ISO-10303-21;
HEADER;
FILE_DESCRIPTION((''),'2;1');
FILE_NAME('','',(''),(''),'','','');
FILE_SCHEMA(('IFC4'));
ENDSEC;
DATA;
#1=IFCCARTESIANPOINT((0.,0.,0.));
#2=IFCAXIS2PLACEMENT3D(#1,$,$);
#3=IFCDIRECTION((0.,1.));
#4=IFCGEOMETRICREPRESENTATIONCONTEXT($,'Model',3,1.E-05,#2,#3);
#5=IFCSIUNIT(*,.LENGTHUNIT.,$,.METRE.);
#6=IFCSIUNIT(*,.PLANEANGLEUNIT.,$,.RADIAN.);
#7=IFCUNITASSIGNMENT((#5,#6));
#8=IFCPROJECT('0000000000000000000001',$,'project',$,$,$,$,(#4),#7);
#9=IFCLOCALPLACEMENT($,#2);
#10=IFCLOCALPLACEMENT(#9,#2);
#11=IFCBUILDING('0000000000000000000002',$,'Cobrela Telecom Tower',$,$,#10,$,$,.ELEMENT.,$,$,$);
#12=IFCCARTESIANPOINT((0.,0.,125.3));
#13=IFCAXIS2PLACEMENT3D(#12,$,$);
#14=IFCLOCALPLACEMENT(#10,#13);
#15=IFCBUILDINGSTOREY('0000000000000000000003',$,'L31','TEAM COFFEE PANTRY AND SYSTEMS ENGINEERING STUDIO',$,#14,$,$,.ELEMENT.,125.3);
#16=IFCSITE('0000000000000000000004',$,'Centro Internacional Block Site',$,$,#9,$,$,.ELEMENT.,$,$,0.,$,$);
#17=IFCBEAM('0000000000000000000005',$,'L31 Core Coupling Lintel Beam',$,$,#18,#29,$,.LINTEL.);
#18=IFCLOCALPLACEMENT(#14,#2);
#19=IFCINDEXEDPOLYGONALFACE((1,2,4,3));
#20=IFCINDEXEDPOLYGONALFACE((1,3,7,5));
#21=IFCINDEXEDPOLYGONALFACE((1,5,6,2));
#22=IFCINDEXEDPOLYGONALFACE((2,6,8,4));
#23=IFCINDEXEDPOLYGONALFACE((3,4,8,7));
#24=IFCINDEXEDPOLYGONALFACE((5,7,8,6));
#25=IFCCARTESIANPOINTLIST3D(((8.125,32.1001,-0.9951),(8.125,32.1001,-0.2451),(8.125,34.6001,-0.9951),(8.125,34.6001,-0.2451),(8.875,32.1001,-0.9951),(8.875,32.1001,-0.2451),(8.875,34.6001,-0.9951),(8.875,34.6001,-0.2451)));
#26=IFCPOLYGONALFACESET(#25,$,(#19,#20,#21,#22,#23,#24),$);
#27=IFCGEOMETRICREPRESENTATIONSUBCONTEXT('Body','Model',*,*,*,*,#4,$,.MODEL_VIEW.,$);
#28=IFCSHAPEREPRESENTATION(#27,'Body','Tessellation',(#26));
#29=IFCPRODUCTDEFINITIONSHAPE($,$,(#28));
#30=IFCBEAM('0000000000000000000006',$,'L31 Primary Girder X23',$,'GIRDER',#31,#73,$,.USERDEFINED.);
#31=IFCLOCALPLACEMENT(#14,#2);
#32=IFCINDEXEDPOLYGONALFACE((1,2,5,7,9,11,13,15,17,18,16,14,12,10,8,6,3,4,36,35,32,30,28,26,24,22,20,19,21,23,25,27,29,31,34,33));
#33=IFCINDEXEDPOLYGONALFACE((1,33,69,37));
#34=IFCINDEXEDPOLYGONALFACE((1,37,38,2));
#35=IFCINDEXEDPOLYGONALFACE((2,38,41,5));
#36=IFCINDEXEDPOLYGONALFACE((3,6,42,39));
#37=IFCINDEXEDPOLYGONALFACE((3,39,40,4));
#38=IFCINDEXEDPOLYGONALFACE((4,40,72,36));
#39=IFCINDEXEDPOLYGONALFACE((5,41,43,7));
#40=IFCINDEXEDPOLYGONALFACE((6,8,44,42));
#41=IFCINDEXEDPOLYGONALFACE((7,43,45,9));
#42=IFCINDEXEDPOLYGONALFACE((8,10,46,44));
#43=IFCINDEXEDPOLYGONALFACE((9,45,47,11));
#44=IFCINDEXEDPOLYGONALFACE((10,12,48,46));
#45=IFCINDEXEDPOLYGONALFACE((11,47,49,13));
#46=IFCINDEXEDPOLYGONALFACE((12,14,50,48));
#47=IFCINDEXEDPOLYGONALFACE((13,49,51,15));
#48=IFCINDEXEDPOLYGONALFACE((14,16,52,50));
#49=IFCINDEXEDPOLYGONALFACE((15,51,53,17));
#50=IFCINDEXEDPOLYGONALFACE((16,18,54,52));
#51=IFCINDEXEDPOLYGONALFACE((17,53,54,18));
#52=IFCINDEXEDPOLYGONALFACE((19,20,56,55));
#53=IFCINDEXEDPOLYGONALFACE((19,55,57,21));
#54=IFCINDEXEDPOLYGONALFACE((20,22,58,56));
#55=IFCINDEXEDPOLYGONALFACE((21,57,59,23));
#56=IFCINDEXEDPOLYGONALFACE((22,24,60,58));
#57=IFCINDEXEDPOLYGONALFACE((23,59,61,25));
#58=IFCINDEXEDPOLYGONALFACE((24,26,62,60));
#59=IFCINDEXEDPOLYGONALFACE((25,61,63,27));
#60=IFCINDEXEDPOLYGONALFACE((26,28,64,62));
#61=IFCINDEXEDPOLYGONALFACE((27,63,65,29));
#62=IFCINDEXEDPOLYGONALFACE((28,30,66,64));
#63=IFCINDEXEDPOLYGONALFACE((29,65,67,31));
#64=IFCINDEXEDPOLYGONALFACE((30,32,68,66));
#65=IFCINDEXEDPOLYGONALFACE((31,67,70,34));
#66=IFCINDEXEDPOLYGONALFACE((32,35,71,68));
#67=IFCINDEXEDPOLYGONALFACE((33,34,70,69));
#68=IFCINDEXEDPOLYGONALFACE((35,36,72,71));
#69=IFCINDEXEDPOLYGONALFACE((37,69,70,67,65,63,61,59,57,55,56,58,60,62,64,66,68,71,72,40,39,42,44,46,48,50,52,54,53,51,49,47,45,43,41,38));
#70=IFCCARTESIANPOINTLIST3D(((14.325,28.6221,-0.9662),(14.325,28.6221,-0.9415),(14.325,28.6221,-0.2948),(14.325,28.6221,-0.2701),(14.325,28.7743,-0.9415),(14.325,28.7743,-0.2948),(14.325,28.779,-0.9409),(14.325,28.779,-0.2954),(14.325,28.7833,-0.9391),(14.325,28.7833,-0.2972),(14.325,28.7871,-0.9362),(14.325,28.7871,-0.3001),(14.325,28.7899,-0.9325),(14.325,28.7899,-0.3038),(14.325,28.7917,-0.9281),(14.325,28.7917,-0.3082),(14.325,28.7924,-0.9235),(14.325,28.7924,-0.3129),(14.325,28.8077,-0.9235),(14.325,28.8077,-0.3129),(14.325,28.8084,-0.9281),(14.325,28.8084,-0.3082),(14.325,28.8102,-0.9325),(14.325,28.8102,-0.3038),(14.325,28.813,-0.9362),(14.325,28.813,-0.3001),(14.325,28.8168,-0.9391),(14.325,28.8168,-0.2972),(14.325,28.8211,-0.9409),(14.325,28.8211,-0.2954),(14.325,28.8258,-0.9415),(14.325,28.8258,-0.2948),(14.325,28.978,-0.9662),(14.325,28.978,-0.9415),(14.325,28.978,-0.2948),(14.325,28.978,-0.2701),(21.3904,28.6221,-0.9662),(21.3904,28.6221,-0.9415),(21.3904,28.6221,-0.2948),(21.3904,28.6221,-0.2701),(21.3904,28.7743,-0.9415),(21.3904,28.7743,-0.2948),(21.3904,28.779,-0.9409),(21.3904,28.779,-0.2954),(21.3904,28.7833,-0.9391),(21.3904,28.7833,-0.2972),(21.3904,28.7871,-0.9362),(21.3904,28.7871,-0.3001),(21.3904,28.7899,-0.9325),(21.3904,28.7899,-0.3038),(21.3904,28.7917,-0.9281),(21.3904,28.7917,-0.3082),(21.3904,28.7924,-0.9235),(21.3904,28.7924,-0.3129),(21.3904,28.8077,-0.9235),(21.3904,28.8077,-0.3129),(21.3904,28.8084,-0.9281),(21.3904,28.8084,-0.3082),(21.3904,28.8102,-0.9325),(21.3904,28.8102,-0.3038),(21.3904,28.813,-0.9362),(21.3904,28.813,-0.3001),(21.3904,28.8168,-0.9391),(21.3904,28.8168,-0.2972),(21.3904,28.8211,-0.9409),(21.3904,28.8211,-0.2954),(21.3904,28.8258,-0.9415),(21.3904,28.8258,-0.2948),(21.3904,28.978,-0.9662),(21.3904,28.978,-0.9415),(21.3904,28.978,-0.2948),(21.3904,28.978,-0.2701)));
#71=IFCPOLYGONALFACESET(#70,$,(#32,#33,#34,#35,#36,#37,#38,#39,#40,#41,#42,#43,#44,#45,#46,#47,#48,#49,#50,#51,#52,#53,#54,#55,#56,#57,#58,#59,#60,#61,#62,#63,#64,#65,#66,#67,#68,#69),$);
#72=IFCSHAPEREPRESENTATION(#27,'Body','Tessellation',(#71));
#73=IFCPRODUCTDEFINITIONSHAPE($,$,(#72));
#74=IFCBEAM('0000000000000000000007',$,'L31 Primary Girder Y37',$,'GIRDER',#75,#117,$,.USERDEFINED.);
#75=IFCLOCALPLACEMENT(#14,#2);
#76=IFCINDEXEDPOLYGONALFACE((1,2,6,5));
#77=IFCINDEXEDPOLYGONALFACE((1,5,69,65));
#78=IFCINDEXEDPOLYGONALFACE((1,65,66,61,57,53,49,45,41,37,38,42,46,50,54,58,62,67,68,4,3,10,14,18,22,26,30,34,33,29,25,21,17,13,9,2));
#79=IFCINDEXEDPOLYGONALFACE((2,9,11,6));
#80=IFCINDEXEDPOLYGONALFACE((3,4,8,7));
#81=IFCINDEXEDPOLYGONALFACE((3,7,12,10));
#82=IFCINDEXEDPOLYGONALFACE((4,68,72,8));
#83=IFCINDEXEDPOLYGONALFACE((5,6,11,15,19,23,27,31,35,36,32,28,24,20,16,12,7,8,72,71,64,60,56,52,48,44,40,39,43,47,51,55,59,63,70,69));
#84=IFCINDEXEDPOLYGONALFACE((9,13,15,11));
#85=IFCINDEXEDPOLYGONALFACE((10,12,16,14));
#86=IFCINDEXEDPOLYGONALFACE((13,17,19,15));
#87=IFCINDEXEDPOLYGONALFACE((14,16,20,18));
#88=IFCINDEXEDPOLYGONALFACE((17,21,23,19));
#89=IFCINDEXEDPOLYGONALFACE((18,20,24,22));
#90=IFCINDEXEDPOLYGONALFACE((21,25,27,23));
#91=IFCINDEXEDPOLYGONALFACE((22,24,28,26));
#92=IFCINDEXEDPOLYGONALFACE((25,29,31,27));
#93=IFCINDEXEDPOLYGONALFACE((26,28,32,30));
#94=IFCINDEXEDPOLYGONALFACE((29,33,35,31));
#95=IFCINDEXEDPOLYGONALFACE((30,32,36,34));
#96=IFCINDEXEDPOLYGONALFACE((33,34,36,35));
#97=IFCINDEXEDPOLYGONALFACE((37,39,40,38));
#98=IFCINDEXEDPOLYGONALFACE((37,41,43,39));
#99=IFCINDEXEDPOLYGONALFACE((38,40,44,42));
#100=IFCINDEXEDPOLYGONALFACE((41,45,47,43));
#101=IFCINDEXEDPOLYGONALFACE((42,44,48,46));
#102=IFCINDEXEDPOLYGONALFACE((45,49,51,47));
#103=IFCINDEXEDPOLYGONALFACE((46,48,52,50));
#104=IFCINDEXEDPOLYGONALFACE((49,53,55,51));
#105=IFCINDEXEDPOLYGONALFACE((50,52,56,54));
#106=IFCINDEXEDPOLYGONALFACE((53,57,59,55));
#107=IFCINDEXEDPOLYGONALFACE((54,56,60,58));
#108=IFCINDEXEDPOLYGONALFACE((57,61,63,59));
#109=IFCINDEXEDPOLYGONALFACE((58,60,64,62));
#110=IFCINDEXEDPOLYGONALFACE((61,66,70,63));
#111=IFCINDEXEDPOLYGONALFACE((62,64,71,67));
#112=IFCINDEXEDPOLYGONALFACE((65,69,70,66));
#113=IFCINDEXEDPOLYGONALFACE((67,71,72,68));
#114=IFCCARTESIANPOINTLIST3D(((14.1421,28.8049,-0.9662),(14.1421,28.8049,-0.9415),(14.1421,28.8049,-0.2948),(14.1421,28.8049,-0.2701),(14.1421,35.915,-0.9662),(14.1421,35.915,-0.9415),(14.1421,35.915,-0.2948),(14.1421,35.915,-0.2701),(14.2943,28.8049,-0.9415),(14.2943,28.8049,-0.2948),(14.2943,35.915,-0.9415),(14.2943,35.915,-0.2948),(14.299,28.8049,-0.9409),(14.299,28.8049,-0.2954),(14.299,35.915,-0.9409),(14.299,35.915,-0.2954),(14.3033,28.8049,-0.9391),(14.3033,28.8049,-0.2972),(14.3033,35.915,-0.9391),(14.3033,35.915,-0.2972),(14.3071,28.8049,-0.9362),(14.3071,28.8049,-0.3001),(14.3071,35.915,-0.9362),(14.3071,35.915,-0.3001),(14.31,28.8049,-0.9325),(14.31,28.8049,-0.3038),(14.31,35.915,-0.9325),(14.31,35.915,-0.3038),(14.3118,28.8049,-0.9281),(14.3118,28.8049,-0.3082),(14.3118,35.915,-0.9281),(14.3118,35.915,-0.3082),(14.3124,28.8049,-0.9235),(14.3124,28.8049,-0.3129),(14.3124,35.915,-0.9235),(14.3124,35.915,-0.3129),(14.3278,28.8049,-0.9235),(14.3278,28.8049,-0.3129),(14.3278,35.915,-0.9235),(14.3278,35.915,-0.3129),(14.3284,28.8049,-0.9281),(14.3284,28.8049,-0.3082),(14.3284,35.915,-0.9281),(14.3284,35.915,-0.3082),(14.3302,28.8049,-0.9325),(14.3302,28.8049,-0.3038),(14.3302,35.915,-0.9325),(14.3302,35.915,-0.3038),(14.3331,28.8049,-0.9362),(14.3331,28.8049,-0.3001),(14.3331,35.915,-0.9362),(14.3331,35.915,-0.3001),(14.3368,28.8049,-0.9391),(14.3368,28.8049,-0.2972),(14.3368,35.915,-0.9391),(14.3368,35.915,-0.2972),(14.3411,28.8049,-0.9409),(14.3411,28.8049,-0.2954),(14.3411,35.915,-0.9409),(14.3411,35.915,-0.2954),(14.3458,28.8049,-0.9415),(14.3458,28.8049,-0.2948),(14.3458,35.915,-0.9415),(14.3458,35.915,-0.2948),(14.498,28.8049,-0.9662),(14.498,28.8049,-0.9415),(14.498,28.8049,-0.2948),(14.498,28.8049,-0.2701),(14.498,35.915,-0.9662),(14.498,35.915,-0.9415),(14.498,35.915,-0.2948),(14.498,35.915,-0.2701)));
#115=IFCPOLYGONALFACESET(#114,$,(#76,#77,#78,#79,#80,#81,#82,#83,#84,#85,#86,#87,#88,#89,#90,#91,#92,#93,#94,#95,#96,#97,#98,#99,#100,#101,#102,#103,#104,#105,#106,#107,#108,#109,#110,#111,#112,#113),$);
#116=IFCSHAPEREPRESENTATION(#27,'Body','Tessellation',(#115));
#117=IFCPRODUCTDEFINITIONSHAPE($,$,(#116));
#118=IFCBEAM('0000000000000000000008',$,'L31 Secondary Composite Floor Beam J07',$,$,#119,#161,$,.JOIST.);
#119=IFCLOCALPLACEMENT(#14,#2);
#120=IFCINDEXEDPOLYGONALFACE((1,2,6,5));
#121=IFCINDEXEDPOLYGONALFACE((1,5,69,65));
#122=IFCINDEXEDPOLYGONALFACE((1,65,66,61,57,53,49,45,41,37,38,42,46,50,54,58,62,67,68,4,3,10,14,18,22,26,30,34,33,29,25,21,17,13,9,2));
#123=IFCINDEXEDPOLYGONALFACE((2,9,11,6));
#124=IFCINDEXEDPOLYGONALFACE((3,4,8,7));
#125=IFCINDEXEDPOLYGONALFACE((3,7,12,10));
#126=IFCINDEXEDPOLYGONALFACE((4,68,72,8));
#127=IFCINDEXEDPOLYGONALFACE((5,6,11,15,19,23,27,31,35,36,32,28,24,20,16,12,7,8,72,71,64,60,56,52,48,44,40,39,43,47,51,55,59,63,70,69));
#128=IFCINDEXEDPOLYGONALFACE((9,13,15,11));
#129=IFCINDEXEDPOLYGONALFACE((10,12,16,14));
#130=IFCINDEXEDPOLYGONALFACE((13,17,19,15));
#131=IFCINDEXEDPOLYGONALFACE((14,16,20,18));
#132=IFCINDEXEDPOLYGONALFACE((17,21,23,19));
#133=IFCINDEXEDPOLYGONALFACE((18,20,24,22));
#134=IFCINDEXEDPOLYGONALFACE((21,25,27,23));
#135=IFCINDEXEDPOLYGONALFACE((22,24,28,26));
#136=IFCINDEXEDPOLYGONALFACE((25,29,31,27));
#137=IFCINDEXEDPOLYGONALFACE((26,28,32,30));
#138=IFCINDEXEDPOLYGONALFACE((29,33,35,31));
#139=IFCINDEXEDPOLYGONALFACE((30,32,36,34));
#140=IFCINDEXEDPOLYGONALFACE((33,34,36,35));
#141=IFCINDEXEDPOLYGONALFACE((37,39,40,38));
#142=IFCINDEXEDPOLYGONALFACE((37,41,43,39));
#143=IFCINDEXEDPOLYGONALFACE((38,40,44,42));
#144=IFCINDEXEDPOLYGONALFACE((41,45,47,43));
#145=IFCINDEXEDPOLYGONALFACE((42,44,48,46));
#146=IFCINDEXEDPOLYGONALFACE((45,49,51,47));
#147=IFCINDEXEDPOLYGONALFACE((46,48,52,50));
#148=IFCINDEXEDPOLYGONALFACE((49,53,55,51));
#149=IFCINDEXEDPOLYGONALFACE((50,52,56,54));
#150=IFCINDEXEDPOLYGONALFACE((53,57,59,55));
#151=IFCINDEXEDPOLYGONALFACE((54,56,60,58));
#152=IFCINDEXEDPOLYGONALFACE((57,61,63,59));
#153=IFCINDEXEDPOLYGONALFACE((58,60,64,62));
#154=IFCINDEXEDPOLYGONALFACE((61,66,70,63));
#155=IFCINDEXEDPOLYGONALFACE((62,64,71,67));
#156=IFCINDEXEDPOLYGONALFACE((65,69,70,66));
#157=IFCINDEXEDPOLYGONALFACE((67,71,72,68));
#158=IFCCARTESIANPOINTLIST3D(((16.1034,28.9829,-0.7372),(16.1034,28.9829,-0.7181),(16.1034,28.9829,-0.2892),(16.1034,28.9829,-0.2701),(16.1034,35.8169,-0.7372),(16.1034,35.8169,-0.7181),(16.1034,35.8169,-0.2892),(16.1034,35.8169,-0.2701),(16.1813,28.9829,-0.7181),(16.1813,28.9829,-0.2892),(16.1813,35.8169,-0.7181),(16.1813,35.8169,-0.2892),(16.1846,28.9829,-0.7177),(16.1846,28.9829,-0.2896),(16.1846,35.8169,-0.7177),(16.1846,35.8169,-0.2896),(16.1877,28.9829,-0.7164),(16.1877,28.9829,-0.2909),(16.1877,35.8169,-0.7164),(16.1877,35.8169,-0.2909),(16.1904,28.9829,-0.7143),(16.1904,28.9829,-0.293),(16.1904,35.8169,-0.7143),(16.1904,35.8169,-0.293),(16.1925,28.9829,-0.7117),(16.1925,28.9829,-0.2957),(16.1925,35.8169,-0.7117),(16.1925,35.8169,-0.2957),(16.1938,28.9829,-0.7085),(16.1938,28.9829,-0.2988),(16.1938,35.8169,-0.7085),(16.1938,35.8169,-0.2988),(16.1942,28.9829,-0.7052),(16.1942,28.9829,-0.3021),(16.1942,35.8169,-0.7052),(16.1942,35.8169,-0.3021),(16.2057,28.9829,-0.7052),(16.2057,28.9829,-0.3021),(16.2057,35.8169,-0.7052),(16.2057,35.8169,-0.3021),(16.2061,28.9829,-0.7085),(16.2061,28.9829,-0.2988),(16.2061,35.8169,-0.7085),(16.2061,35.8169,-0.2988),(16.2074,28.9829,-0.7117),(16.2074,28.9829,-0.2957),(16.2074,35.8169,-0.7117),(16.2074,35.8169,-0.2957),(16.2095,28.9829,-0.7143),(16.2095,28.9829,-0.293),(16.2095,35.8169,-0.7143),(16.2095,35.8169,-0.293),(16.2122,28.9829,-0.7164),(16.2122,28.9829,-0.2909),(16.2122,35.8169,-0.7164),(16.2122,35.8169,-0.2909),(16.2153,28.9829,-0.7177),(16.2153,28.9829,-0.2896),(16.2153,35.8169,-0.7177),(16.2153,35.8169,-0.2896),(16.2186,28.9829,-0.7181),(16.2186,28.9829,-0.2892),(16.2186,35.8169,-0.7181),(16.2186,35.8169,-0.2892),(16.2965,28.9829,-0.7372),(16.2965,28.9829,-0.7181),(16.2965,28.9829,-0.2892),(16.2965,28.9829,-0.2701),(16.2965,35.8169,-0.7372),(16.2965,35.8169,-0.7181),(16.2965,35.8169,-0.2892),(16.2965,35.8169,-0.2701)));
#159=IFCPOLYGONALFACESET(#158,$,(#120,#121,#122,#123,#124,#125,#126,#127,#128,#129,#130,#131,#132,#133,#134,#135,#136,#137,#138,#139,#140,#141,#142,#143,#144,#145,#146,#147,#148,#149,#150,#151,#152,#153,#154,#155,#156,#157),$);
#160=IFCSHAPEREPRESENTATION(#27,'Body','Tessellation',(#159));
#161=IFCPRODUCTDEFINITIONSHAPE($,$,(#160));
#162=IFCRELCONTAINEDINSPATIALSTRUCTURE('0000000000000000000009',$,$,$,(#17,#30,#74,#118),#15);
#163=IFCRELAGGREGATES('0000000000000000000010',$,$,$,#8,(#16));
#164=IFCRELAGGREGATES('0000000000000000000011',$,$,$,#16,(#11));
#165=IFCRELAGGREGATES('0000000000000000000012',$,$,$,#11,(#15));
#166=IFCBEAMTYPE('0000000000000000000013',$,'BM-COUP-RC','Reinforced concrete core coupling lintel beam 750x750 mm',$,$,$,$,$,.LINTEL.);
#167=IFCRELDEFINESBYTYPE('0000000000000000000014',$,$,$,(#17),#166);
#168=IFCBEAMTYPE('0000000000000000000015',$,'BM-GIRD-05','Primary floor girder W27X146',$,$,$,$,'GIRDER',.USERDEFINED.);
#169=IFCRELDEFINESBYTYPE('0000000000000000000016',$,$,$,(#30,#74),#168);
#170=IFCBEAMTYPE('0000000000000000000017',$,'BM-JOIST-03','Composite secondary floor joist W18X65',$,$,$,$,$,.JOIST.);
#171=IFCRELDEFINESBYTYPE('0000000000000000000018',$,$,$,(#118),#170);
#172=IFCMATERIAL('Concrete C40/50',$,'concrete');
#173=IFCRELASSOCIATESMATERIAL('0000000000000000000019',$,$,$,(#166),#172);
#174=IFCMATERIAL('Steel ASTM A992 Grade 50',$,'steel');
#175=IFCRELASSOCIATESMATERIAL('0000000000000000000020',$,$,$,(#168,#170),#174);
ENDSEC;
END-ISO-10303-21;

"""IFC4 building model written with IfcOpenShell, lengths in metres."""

from ifc_helpers import new_model, si_unit, direction, frame, origin, origin_2d, place, context, subcontext, project, spatial, rectangle, i_section, extrude, material, material_profile, profile_set, type_object, element, save


model = new_model("IFC4")

# Units and contexts
model_context = context("Model", 3, precision=1e-05, world=origin(), true_north=direction((0.0, 1.0)))
body_context = subcontext(model_context, "Body", "Model", "MODEL_VIEW")
ifc_project = project(units=[si_unit("LENGTHUNIT", "METRE"), si_unit("PLANEANGLEUNIT", "RADIAN")], contexts=[model_context])

# Site, building, storey
site_placement = place(None, origin())
site = spatial("IfcSite", under=ifc_project, at=site_placement, Name="Centro Internacional Block Site", CompositionType="ELEMENT", RefElevation=0.0)
building_placement = place(site_placement, origin())
building = spatial("IfcBuilding", under=site, at=building_placement, Name="Cobrela Telecom Tower", CompositionType="ELEMENT")
storey_placement = place(building_placement, frame((0.0, 0.0, 125.3)))
storey = spatial("IfcBuildingStorey", under=building, at=storey_placement, Name="L31", Description="TEAM COFFEE PANTRY AND SYSTEMS ENGINEERING STUDIO", CompositionType="ELEMENT", Elevation=125.3)

# Beams
ifc_material_1 = material(Name="Concrete C40/50", Category="concrete")
ifc_material_profile_1 = material_profile(ifc_material_1, rectangle(XDim=0.75, YDim=0.75, at=origin_2d()), Name="RC 750x750")
ifc_profile_set_1 = profile_set([ifc_material_profile_1], Name="Concrete C40/50")
beam_type_1 = type_object("IfcBeamType", Name="BM-COUP-RC", Description="Reinforced concrete core coupling lintel beam 750x750 mm", PredefinedType="LINTEL", material=ifc_profile_set_1)
beam_1_placement = place(storey_placement, frame((8.5, 32.1001, -0.6201), z_axis=(0.0, 1.0, 0.0), x_axis=(-1.0, 0.0, 0.0)))
element("IfcBeam", 1, at=beam_1_placement, inside=storey, type_object=beam_type_1, Name="L31 Core Coupling Lintel Beam", PredefinedType="LINTEL", context=body_context, shape_type="SweptSolid", body=[
    extrude(rectangle(XDim=0.75, YDim=0.75, at=origin_2d()), origin(), (0.0, 0.0, 1.0), 2.5),
])
ifc_material_2 = material(Name="Steel ASTM A992 Grade 50", Category="steel")
ifc_material_profile_2 = material_profile(ifc_material_2, i_section(OverallWidth=0.356, OverallDepth=0.696, WebThickness=0.0154, FlangeThickness=0.0247, FilletRadius=0.0181, at=origin_2d()), Name="W27X146")
ifc_profile_set_2 = profile_set([ifc_material_profile_2], Name="Steel ASTM A992 Grade 50")
beam_type_2 = type_object("IfcBeamType", Name="BM-GIRD-05", Description="Primary floor girder W27X146", ElementType="GIRDER", PredefinedType="USERDEFINED", material=ifc_profile_set_2)
beam_2_placement = place(storey_placement, frame((14.325, 28.8, -0.6182), z_axis=(1.0, 0.0, 0.0), x_axis=(0.0, 1.0, 0.0)))
element("IfcBeam", 2, at=beam_2_placement, inside=storey, type_object=beam_type_2, Name="L31 Primary Girder X23", ObjectType="GIRDER", PredefinedType="USERDEFINED", context=body_context, shape_type="SweptSolid", body=[
    extrude(i_section(OverallWidth=0.356, OverallDepth=0.696, WebThickness=0.0154, FlangeThickness=0.0247, FilletRadius=0.0181, at=origin_2d()), origin(), (0.0, 0.0, 1.0), 7.0654),
])
beam_3_placement = place(storey_placement, frame((14.3201, 28.8049, -0.6182), z_axis=(0.0, 1.0, 0.0), x_axis=(-1.0, 0.0, 0.0)))
element("IfcBeam", 3, at=beam_3_placement, inside=storey, type_object=beam_type_2, Name="L31 Primary Girder Y37", ObjectType="GIRDER", PredefinedType="USERDEFINED", context=body_context, shape_type="SweptSolid", body=[
    extrude(i_section(OverallWidth=0.356, OverallDepth=0.696, WebThickness=0.0154, FlangeThickness=0.0247, FilletRadius=0.0181, at=origin_2d()), origin(), (0.0, 0.0, 1.0), 7.1101),
])
ifc_material_profile_3 = material_profile(ifc_material_2, i_section(OverallWidth=0.1931, OverallDepth=0.467, WebThickness=0.0115, FlangeThickness=0.019, FilletRadius=0.0129, at=origin_2d()), Name="W18X65")
ifc_profile_set_3 = profile_set([ifc_material_profile_3], Name="Steel ASTM A992 Grade 50")
beam_type_3 = type_object("IfcBeamType", Name="BM-JOIST-03", Description="Composite secondary floor joist W18X65", PredefinedType="JOIST", material=ifc_profile_set_3)
for number, where, z_axis, x_axis, name in (
    (4, (16.2, 28.9829, -0.5037), (0.0, 1.0, 0.0), (-1.0, 0.0, 0.0), "L31 Secondary Composite Floor Beam J07"),
):
    element("IfcBeam", number, at=place(storey_placement, frame(where, z_axis=z_axis, x_axis=x_axis)), inside=storey, type_object=beam_type_3, Name=name, PredefinedType="JOIST", context=body_context, shape_type="SweptSolid", body=[
        extrude(i_section(OverallWidth=0.1931, OverallDepth=0.467, WebThickness=0.0115, FlangeThickness=0.019, FilletRadius=0.0129, at=origin_2d()), origin(), (0.0, 0.0, 1.0), 6.834),
    ])

save(model, "model.ifc")
